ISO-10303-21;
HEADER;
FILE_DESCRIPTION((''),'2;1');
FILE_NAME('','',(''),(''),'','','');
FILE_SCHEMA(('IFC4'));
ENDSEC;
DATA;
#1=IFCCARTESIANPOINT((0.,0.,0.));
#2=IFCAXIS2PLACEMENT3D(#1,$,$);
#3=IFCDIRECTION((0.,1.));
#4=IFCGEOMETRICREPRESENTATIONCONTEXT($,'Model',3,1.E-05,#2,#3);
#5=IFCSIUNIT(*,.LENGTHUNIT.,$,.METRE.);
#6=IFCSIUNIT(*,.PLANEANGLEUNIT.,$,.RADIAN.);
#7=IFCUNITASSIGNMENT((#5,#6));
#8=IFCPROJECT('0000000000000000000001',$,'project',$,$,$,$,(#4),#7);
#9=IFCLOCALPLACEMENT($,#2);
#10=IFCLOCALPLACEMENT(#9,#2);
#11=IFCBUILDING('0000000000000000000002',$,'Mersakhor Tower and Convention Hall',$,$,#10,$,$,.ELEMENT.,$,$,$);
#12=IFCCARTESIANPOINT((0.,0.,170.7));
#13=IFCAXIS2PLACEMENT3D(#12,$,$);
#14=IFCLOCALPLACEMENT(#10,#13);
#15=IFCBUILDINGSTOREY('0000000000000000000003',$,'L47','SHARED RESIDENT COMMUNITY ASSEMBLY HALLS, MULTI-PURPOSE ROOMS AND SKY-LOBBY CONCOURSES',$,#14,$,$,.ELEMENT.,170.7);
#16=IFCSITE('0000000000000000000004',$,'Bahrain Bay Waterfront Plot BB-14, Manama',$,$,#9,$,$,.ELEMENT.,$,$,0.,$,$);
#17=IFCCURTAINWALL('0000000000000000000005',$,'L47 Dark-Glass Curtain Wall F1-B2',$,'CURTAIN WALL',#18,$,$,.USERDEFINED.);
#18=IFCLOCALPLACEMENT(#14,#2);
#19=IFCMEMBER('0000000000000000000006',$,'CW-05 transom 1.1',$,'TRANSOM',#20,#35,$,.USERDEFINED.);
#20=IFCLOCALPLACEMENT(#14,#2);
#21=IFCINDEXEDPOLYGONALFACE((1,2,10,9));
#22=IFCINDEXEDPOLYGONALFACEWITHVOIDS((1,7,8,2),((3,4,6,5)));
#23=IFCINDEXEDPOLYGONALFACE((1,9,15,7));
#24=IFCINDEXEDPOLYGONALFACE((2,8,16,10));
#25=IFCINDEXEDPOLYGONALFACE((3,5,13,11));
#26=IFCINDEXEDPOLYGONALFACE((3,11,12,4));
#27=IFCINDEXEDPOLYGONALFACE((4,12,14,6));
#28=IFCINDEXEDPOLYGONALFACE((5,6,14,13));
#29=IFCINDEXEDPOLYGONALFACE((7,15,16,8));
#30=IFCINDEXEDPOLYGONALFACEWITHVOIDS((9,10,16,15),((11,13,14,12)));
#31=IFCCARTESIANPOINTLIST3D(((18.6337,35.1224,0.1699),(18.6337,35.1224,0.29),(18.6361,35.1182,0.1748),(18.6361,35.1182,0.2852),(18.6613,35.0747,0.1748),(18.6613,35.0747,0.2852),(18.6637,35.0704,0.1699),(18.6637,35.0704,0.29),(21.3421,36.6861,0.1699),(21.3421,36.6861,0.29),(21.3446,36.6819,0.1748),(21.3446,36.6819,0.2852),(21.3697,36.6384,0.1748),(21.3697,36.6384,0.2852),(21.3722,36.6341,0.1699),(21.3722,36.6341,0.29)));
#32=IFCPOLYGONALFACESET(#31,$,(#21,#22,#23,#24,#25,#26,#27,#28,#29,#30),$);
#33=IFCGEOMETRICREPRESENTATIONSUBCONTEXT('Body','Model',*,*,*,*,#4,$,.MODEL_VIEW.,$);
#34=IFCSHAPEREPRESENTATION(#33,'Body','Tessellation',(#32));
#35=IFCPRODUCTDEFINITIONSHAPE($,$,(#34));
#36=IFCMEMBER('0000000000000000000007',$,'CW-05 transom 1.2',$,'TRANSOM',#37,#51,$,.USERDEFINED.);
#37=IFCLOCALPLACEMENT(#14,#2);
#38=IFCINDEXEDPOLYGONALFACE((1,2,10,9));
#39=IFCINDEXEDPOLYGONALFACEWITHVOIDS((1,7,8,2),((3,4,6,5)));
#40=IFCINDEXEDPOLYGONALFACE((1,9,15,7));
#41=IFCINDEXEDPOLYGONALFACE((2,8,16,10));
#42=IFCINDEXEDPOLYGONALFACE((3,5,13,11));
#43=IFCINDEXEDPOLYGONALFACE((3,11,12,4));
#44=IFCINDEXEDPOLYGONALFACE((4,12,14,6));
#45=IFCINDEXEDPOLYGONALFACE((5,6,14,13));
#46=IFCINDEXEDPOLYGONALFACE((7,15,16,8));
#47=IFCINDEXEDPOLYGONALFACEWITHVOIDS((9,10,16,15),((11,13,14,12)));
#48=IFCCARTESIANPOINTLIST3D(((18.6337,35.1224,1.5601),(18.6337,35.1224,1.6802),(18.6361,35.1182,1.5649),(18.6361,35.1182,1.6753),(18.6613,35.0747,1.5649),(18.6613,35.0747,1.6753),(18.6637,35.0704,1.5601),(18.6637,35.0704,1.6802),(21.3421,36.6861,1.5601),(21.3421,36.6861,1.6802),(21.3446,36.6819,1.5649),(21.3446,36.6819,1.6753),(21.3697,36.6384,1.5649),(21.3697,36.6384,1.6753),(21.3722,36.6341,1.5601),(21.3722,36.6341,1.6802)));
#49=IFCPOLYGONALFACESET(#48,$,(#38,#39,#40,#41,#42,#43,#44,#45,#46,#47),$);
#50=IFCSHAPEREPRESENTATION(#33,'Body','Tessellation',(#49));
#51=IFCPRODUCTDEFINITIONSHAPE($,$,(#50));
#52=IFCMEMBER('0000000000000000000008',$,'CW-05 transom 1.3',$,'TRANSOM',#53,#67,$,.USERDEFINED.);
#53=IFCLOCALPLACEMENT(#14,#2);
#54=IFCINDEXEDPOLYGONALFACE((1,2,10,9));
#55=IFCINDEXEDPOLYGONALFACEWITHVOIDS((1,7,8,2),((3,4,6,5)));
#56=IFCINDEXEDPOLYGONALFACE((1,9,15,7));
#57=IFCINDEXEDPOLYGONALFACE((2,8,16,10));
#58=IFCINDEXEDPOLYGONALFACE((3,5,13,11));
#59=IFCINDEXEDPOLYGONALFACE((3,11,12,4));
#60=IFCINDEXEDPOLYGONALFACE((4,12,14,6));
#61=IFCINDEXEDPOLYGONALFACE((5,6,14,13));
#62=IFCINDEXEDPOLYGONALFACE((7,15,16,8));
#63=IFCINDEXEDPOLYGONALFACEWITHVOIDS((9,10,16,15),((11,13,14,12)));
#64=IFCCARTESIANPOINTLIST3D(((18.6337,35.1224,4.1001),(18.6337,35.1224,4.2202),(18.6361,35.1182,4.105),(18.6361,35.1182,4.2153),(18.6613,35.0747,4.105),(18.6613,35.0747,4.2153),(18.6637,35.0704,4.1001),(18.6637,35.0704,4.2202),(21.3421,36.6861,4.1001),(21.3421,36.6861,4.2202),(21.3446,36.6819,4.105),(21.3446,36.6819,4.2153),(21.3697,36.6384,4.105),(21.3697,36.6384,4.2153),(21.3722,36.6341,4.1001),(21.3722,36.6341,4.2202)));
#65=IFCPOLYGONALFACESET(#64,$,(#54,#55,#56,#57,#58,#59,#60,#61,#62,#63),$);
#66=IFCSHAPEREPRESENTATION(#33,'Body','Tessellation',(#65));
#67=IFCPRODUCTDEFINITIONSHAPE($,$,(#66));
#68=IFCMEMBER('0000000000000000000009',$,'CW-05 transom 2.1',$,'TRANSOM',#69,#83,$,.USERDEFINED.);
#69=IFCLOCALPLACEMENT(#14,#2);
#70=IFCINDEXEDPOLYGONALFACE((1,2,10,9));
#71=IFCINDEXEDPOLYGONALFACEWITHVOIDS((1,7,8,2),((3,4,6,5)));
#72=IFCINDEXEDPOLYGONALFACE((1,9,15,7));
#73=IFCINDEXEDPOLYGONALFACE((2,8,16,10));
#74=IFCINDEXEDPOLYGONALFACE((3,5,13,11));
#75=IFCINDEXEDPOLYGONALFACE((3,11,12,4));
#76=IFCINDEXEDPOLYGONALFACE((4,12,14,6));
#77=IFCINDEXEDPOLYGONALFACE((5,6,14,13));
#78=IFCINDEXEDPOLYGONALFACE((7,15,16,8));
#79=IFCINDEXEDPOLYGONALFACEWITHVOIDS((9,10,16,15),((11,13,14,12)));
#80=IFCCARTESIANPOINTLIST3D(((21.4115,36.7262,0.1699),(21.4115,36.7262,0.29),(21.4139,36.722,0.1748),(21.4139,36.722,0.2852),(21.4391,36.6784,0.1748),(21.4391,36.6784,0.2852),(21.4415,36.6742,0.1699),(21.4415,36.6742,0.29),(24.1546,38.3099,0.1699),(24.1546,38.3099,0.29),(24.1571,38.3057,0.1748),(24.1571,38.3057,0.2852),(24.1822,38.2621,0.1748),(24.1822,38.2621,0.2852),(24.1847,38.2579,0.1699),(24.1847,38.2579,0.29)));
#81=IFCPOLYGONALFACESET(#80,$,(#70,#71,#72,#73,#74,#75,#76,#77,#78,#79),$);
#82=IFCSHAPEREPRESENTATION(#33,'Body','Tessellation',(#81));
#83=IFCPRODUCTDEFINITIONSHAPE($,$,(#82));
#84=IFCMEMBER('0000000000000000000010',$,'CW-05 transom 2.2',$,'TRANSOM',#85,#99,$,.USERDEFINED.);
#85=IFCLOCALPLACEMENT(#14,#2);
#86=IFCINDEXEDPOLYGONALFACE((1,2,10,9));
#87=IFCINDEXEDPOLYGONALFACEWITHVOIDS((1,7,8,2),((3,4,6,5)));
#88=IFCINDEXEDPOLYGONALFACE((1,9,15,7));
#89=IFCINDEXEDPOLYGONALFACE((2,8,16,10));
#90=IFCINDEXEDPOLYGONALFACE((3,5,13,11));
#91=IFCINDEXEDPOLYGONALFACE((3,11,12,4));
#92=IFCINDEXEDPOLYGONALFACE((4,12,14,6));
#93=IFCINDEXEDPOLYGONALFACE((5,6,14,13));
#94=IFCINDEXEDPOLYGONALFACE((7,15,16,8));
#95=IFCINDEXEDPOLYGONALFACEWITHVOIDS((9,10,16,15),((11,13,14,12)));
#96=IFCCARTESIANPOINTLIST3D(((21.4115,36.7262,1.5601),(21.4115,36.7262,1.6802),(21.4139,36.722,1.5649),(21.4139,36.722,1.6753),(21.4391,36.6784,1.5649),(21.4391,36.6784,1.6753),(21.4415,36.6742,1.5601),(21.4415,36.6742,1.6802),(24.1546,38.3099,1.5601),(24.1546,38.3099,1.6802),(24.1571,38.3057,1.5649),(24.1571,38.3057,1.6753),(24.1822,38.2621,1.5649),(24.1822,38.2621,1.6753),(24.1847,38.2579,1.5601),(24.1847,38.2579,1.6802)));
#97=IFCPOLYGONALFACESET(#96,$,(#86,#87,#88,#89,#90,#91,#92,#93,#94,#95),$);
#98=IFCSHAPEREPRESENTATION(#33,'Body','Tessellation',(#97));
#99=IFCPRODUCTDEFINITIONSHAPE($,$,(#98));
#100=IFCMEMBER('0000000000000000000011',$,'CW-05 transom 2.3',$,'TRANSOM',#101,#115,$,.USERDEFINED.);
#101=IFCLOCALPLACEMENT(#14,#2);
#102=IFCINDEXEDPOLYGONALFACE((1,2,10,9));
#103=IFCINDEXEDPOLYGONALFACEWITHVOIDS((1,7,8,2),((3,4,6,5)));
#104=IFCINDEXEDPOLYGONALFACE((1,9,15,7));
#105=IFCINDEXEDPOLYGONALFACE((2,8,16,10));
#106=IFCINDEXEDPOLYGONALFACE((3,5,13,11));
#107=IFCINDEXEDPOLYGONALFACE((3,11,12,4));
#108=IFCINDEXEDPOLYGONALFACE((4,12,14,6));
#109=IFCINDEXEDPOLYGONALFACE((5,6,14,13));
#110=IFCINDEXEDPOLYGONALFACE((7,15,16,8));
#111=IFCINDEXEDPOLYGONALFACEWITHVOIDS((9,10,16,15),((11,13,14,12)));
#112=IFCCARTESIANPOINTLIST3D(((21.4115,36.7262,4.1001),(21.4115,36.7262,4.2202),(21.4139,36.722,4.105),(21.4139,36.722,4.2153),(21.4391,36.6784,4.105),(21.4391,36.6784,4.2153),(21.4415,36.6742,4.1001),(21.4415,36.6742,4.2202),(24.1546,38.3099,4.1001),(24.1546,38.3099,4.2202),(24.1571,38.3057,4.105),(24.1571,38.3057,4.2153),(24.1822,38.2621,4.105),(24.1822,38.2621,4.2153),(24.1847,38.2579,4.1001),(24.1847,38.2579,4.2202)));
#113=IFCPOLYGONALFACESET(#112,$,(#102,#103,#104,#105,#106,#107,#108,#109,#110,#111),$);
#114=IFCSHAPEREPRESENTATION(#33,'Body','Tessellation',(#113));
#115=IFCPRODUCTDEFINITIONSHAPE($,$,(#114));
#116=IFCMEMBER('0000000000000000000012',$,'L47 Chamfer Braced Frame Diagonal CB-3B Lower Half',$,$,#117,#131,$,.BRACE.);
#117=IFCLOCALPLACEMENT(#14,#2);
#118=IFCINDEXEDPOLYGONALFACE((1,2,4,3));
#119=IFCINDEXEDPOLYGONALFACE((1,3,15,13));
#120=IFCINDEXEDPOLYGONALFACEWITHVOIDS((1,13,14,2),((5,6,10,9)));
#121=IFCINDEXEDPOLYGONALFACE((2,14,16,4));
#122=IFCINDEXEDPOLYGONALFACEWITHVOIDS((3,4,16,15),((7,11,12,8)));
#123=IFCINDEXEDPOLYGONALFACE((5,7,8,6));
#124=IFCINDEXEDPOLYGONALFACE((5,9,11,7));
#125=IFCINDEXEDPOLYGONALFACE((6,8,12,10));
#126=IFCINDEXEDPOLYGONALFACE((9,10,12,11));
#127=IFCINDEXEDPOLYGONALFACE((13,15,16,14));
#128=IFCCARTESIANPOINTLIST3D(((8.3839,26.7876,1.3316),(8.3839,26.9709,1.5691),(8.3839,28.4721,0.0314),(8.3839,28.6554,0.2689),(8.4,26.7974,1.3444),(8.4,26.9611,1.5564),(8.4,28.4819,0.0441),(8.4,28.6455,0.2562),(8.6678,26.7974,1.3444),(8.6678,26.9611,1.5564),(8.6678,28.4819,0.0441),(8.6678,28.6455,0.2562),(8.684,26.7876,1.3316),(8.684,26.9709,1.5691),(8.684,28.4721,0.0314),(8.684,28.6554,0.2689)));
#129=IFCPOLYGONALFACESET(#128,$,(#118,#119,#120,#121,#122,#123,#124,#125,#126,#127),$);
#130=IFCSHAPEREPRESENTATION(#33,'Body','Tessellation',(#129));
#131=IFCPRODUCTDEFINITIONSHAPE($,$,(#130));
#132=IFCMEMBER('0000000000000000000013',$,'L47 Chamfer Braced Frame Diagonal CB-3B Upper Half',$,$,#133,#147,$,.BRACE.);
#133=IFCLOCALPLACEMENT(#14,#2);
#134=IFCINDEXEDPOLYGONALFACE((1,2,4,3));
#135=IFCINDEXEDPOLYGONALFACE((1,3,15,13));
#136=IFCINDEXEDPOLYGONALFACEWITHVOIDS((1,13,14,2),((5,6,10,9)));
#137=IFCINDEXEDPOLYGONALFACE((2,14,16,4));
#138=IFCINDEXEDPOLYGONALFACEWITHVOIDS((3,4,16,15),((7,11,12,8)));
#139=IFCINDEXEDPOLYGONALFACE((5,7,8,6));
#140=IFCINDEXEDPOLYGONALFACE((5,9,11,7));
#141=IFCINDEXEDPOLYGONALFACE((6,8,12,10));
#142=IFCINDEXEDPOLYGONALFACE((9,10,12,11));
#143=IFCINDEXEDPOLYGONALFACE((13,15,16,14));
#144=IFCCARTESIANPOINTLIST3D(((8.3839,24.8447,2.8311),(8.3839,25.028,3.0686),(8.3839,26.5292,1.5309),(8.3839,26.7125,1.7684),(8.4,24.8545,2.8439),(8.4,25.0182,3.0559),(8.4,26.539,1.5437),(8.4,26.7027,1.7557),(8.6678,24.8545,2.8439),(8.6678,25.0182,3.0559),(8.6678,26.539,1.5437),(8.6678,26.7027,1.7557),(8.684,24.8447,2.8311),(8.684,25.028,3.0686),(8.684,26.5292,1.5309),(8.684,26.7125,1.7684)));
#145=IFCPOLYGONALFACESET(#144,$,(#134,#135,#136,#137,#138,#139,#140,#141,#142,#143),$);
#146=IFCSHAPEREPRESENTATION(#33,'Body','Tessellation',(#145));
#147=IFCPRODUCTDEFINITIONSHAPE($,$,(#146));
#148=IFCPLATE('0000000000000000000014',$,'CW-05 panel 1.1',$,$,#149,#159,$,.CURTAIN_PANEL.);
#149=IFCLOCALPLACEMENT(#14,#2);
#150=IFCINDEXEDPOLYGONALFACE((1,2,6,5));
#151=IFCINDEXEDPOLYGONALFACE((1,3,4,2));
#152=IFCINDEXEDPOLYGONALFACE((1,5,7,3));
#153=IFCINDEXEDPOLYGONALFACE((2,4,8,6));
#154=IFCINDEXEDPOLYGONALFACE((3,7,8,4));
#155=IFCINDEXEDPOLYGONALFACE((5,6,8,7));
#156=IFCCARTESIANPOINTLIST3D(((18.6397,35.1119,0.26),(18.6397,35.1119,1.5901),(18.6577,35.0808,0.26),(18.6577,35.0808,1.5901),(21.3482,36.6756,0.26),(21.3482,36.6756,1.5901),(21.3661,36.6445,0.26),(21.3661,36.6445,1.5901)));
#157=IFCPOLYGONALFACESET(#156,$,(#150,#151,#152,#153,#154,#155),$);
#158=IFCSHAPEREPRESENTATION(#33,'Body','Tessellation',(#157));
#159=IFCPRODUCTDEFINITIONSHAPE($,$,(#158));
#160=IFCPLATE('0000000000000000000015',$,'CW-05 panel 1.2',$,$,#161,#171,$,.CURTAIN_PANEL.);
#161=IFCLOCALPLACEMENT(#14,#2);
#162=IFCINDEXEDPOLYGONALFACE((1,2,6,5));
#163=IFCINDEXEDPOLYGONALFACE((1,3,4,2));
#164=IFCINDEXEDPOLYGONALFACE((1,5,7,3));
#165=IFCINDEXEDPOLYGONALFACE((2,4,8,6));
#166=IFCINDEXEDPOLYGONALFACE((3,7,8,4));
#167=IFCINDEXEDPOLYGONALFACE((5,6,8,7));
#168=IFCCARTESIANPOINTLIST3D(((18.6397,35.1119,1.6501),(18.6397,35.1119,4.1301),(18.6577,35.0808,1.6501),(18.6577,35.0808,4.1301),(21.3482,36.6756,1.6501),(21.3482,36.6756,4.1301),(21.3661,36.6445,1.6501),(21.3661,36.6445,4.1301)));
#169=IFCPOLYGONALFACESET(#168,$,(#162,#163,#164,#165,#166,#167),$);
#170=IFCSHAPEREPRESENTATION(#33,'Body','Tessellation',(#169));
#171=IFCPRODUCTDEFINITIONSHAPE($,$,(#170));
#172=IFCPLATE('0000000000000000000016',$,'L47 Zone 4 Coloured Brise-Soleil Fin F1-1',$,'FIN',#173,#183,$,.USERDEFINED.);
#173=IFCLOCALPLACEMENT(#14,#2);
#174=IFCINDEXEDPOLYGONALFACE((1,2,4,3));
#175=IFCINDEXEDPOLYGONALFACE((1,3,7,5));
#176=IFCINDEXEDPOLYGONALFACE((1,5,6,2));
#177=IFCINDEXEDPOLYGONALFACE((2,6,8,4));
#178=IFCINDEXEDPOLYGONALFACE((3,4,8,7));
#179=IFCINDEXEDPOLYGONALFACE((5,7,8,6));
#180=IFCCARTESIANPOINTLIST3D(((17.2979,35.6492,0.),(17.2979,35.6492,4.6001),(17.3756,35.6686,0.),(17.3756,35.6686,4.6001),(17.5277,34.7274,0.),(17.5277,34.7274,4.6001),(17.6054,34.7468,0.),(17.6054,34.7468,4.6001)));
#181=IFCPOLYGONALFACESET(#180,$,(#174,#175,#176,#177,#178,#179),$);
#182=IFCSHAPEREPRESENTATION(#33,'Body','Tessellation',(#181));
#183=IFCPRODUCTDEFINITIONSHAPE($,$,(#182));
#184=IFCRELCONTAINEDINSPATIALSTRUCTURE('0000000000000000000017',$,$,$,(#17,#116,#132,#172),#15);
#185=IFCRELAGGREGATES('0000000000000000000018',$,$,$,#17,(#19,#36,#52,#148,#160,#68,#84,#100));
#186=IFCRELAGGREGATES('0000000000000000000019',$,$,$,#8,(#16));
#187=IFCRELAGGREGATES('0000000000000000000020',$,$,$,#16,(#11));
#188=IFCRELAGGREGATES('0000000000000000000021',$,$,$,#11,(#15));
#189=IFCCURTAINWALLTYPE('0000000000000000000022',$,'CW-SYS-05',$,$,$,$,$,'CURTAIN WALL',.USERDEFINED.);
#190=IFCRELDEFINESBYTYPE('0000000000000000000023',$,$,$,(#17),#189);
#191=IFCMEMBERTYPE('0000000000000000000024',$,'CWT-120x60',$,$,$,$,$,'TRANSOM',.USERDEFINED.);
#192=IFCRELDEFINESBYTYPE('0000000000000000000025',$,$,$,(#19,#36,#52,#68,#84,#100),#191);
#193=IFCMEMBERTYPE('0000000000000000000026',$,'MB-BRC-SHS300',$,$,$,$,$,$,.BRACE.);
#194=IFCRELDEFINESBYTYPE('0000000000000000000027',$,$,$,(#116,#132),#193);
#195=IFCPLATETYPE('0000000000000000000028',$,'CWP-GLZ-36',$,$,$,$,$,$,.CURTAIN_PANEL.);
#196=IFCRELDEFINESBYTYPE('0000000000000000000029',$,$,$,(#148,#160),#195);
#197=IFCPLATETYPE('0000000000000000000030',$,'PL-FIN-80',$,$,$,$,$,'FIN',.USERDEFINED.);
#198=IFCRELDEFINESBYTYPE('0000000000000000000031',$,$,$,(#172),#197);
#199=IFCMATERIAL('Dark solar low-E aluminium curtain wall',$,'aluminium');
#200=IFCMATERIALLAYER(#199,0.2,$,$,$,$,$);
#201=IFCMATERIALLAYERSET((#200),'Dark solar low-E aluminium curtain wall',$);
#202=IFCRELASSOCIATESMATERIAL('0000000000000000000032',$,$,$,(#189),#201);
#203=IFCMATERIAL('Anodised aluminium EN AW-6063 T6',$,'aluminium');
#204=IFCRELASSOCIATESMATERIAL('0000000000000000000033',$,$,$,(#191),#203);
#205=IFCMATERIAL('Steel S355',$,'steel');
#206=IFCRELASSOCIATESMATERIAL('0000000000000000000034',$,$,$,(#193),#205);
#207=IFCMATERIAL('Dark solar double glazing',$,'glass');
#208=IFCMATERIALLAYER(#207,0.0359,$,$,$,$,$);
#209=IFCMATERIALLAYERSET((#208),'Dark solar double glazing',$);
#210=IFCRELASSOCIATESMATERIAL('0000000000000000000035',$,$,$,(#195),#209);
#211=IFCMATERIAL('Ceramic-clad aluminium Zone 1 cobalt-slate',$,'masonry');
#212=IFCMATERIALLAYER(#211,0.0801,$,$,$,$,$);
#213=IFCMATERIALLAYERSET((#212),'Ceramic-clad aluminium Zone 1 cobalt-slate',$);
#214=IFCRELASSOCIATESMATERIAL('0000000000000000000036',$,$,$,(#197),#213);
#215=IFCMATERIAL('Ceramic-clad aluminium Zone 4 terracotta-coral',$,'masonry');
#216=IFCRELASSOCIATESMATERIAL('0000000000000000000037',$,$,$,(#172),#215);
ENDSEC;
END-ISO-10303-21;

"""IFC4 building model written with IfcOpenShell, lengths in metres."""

from ifc_helpers import new_model, si_unit, direction, frame, origin, origin_2d, place, context, subcontext, project, spatial, rectangle, hollow_rectangle, extrude, material, layer, layer_set, material_profile, profile_set, type_object, element, aggregate, save


model = new_model("IFC4")

# Units and contexts
model_context = context("Model", 3, precision=1e-05, world=origin(), true_north=direction((0.0, 1.0)))
body_context = subcontext(model_context, "Body", "Model", "MODEL_VIEW")
ifc_project = project(units=[si_unit("LENGTHUNIT", "METRE"), si_unit("PLANEANGLEUNIT", "RADIAN")], contexts=[model_context])

# Site, building, storey
site_placement = place(None, origin())
site = spatial("IfcSite", under=ifc_project, at=site_placement, Name="Bahrain Bay Waterfront Plot BB-14, Manama", CompositionType="ELEMENT", RefElevation=0.0)
building_placement = place(site_placement, origin())
building = spatial("IfcBuilding", under=site, at=building_placement, Name="Mersakhor Tower and Convention Hall", CompositionType="ELEMENT")
storey_placement = place(building_placement, frame((0.0, 0.0, 170.7)))
storey = spatial("IfcBuildingStorey", under=building, at=storey_placement, Name="L47", Description="SHARED RESIDENT COMMUNITY ASSEMBLY HALLS, MULTI-PURPOSE ROOMS AND SKY-LOBBY CONCOURSES", CompositionType="ELEMENT", Elevation=170.7)

# Curtain wall, members
ifc_material_1 = material(Name="Dark solar low-E aluminium curtain wall", Category="aluminium")
ifc_layer_1 = layer(ifc_material_1, 0.2)
ifc_layer_set_1 = layer_set([ifc_layer_1], Name="Dark solar low-E aluminium curtain wall")
curtain_wall_type = type_object("IfcCurtainWallType", Name="CW-SYS-05", ElementType="CURTAIN WALL", PredefinedType="USERDEFINED", material=ifc_layer_set_1)
curtain_wall_placement = place(storey_placement, origin())
curtain_wall = element("IfcCurtainWall", 1, at=curtain_wall_placement, inside=storey, type_object=curtain_wall_type, Name="L47 Dark-Glass Curtain Wall F1-B2", ObjectType="CURTAIN WALL", PredefinedType="USERDEFINED")
ifc_material_2 = material(Name="Anodised aluminium EN AW-6063 T6", Category="aluminium")
ifc_material_profile_1 = material_profile(ifc_material_2, hollow_rectangle(XDim=0.0601, YDim=0.1201, WallThickness=0.0049, at=origin_2d()), Name="RHS 120x60x5")
ifc_profile_set_1 = profile_set([ifc_material_profile_1], Name="Anodised aluminium EN AW-6063 T6")
member_type_1 = type_object("IfcMemberType", Name="CWT-120x60", ElementType="TRANSOM", PredefinedType="USERDEFINED", material=ifc_profile_set_1)
member_1_placement = place(storey_placement, frame((18.6487, 35.0964, 0.23), z_axis=(0.86603, 0.499993, 0.0), x_axis=(-0.499993, 0.86603, 0.0)))
member_1 = element("IfcMember", 2, at=member_1_placement, type_object=member_type_1, Name="CW-05 transom 1.1", ObjectType="TRANSOM", PredefinedType="USERDEFINED", context=body_context, shape_type="SweptSolid", body=[
    extrude(hollow_rectangle(XDim=0.0601, YDim=0.1201, WallThickness=0.0049, at=origin_2d()), origin(), (0.0, 0.0, 1.0), 3.1274),
])
member_2_placement = place(storey_placement, frame((18.6487, 35.0964, 1.6201), z_axis=(0.86603, 0.499993, 0.0), x_axis=(-0.499993, 0.86603, 0.0)))
member_2 = element("IfcMember", 3, at=member_2_placement, type_object=member_type_1, Name="CW-05 transom 1.2", ObjectType="TRANSOM", PredefinedType="USERDEFINED", context=body_context, shape_type="SweptSolid", body=[
    extrude(hollow_rectangle(XDim=0.0601, YDim=0.1201, WallThickness=0.0049, at=origin_2d()), origin(), (0.0, 0.0, 1.0), 3.1274),
])
member_3_placement = place(storey_placement, frame((18.6487, 35.0964, 4.1602), z_axis=(0.86603, 0.499993, 0.0), x_axis=(-0.499993, 0.86603, 0.0)))
member_3 = element("IfcMember", 4, at=member_3_placement, type_object=member_type_1, Name="CW-05 transom 1.3", ObjectType="TRANSOM", PredefinedType="USERDEFINED", context=body_context, shape_type="SweptSolid", body=[
    extrude(hollow_rectangle(XDim=0.0601, YDim=0.1201, WallThickness=0.0049, at=origin_2d()), origin(), (0.0, 0.0, 1.0), 3.1274),
])
member_4_placement = place(storey_placement, frame((21.4265, 36.7002, 0.23), z_axis=(0.866029, 0.499994, 0.0), x_axis=(-0.499994, 0.866029, 0.0)))
member_4 = element("IfcMember", 5, at=member_4_placement, type_object=member_type_1, Name="CW-05 transom 2.1", ObjectType="TRANSOM", PredefinedType="USERDEFINED", context=body_context, shape_type="SweptSolid", body=[
    extrude(hollow_rectangle(XDim=0.0601, YDim=0.1201, WallThickness=0.0049, at=origin_2d()), origin(), (0.0, 0.0, 1.0), 3.1675),
])
member_5_placement = place(storey_placement, frame((21.4265, 36.7002, 1.6201), z_axis=(0.866029, 0.499994, 0.0), x_axis=(-0.499994, 0.866029, 0.0)))
member_5 = element("IfcMember", 6, at=member_5_placement, type_object=member_type_1, Name="CW-05 transom 2.2", ObjectType="TRANSOM", PredefinedType="USERDEFINED", context=body_context, shape_type="SweptSolid", body=[
    extrude(hollow_rectangle(XDim=0.0601, YDim=0.1201, WallThickness=0.0049, at=origin_2d()), origin(), (0.0, 0.0, 1.0), 3.1675),
])
member_6_placement = place(storey_placement, frame((21.4265, 36.7002, 4.1602), z_axis=(0.866029, 0.499994, 0.0), x_axis=(-0.499994, 0.866029, 0.0)))
member_6 = element("IfcMember", 7, at=member_6_placement, type_object=member_type_1, Name="CW-05 transom 2.3", ObjectType="TRANSOM", PredefinedType="USERDEFINED", context=body_context, shape_type="SweptSolid", body=[
    extrude(hollow_rectangle(XDim=0.0601, YDim=0.1201, WallThickness=0.0049, at=origin_2d()), origin(), (0.0, 0.0, 1.0), 3.1675),
])

# Members
ifc_material_3 = material(Name="Steel S355", Category="steel")
ifc_material_profile_2 = material_profile(ifc_material_3, hollow_rectangle(XDim=0.3, YDim=0.3, WallThickness=0.0161, at=origin_2d()), Name="SHS 300x300x16")
ifc_profile_set_2 = profile_set([ifc_material_profile_2], Name="Steel S355")
member_type_2 = type_object("IfcMemberType", Name="MB-BRC-SHS300", PredefinedType="BRACE", material=ifc_profile_set_2)
for number, where, z_axis, x_axis, name in (
    (8, (8.5339, 28.5637, 0.1501), (0.0, -0.791608, 0.611029), (1.0, 0.0, 0.0), "L47 Chamfer Braced Frame Diagonal CB-3B Lower Half"),
    (9, (8.5339, 26.6208, 1.6497), (0.0, -0.791608, 0.611029), (1.0, 0.0, 0.0), "L47 Chamfer Braced Frame Diagonal CB-3B Upper Half"),
):
    element("IfcMember", number, at=place(storey_placement, frame(where, z_axis=z_axis, x_axis=x_axis)), inside=storey, type_object=member_type_2, Name=name, PredefinedType="BRACE", context=body_context, shape_type="SweptSolid", body=[
        extrude(hollow_rectangle(XDim=0.3, YDim=0.3, WallThickness=0.0161, at=origin_2d()), origin(), (0.0, 0.0, 1.0), 2.1279),
    ])

# Plates
ifc_material_4 = material(Name="Dark solar double glazing", Category="glass")
ifc_layer_2 = layer(ifc_material_4, 0.0359)
ifc_layer_set_2 = layer_set([ifc_layer_2], Name="Dark solar double glazing")
plate_type_1 = type_object("IfcPlateType", Name="CWP-GLZ-36", PredefinedType="CURTAIN_PANEL", material=ifc_layer_set_2)
plate_1_placement = place(storey_placement, frame((20.0029, 35.8782, 0.26), z_axis=(0.0, 0.0, 1.0), x_axis=(0.866026, 0.499998, 0.0)))
plate_1 = element("IfcPlate", 10, at=plate_1_placement, type_object=plate_type_1, Name="CW-05 panel 1.1", PredefinedType="CURTAIN_PANEL", context=body_context, shape_type="SweptSolid", body=[
    extrude(rectangle(XDim=3.1274, YDim=0.0359, at=origin_2d()), origin(), (0.0, 0.0, 1.0), 1.3301),
])
plate_2_placement = place(storey_placement, frame((20.0029, 35.8782, 1.6501), z_axis=(0.0, 0.0, 1.0), x_axis=(0.866026, 0.499998, 0.0)))
plate_2 = element("IfcPlate", 11, at=plate_2_placement, type_object=plate_type_1, Name="CW-05 panel 1.2", PredefinedType="CURTAIN_PANEL", context=body_context, shape_type="SweptSolid", body=[
    extrude(rectangle(XDim=3.1274, YDim=0.0359, at=origin_2d()), origin(), (0.0, 0.0, 1.0), 2.48),
])
aggregate(curtain_wall, [member_1, member_2, member_3, plate_1, plate_2, member_4, member_5, member_6])

# Plate
ifc_material_5 = material(Name="Ceramic-clad aluminium Zone 4 terracotta-coral", Category="masonry")
ifc_material_6 = material(Name="Ceramic-clad aluminium Zone 1 cobalt-slate", Category="masonry")
ifc_layer_3 = layer(ifc_material_6, 0.0801)
ifc_layer_set_3 = layer_set([ifc_layer_3], Name="Ceramic-clad aluminium Zone 1 cobalt-slate")
plate_type_2 = type_object("IfcPlateType", Name="PL-FIN-80", ElementType="FIN", PredefinedType="USERDEFINED", material=ifc_layer_set_3)
plate_3_placement = place(storey_placement, frame((17.4517, 35.198, 0.0), z_axis=(0.0, 0.0, 1.0), x_axis=(-0.241922, 0.970296, 0.0)))
element("IfcPlate", 12, at=plate_3_placement, inside=storey, type_object=plate_type_2, material=ifc_material_5, Name="L47 Zone 4 Coloured Brise-Soleil Fin F1-1", ObjectType="FIN", PredefinedType="USERDEFINED", context=body_context, shape_type="SweptSolid", body=[
    extrude(rectangle(XDim=0.95, YDim=0.0801, at=origin_2d()), origin(), (0.0, 0.0, 1.0), 4.6001),
])

save(model, "model.ifc")
